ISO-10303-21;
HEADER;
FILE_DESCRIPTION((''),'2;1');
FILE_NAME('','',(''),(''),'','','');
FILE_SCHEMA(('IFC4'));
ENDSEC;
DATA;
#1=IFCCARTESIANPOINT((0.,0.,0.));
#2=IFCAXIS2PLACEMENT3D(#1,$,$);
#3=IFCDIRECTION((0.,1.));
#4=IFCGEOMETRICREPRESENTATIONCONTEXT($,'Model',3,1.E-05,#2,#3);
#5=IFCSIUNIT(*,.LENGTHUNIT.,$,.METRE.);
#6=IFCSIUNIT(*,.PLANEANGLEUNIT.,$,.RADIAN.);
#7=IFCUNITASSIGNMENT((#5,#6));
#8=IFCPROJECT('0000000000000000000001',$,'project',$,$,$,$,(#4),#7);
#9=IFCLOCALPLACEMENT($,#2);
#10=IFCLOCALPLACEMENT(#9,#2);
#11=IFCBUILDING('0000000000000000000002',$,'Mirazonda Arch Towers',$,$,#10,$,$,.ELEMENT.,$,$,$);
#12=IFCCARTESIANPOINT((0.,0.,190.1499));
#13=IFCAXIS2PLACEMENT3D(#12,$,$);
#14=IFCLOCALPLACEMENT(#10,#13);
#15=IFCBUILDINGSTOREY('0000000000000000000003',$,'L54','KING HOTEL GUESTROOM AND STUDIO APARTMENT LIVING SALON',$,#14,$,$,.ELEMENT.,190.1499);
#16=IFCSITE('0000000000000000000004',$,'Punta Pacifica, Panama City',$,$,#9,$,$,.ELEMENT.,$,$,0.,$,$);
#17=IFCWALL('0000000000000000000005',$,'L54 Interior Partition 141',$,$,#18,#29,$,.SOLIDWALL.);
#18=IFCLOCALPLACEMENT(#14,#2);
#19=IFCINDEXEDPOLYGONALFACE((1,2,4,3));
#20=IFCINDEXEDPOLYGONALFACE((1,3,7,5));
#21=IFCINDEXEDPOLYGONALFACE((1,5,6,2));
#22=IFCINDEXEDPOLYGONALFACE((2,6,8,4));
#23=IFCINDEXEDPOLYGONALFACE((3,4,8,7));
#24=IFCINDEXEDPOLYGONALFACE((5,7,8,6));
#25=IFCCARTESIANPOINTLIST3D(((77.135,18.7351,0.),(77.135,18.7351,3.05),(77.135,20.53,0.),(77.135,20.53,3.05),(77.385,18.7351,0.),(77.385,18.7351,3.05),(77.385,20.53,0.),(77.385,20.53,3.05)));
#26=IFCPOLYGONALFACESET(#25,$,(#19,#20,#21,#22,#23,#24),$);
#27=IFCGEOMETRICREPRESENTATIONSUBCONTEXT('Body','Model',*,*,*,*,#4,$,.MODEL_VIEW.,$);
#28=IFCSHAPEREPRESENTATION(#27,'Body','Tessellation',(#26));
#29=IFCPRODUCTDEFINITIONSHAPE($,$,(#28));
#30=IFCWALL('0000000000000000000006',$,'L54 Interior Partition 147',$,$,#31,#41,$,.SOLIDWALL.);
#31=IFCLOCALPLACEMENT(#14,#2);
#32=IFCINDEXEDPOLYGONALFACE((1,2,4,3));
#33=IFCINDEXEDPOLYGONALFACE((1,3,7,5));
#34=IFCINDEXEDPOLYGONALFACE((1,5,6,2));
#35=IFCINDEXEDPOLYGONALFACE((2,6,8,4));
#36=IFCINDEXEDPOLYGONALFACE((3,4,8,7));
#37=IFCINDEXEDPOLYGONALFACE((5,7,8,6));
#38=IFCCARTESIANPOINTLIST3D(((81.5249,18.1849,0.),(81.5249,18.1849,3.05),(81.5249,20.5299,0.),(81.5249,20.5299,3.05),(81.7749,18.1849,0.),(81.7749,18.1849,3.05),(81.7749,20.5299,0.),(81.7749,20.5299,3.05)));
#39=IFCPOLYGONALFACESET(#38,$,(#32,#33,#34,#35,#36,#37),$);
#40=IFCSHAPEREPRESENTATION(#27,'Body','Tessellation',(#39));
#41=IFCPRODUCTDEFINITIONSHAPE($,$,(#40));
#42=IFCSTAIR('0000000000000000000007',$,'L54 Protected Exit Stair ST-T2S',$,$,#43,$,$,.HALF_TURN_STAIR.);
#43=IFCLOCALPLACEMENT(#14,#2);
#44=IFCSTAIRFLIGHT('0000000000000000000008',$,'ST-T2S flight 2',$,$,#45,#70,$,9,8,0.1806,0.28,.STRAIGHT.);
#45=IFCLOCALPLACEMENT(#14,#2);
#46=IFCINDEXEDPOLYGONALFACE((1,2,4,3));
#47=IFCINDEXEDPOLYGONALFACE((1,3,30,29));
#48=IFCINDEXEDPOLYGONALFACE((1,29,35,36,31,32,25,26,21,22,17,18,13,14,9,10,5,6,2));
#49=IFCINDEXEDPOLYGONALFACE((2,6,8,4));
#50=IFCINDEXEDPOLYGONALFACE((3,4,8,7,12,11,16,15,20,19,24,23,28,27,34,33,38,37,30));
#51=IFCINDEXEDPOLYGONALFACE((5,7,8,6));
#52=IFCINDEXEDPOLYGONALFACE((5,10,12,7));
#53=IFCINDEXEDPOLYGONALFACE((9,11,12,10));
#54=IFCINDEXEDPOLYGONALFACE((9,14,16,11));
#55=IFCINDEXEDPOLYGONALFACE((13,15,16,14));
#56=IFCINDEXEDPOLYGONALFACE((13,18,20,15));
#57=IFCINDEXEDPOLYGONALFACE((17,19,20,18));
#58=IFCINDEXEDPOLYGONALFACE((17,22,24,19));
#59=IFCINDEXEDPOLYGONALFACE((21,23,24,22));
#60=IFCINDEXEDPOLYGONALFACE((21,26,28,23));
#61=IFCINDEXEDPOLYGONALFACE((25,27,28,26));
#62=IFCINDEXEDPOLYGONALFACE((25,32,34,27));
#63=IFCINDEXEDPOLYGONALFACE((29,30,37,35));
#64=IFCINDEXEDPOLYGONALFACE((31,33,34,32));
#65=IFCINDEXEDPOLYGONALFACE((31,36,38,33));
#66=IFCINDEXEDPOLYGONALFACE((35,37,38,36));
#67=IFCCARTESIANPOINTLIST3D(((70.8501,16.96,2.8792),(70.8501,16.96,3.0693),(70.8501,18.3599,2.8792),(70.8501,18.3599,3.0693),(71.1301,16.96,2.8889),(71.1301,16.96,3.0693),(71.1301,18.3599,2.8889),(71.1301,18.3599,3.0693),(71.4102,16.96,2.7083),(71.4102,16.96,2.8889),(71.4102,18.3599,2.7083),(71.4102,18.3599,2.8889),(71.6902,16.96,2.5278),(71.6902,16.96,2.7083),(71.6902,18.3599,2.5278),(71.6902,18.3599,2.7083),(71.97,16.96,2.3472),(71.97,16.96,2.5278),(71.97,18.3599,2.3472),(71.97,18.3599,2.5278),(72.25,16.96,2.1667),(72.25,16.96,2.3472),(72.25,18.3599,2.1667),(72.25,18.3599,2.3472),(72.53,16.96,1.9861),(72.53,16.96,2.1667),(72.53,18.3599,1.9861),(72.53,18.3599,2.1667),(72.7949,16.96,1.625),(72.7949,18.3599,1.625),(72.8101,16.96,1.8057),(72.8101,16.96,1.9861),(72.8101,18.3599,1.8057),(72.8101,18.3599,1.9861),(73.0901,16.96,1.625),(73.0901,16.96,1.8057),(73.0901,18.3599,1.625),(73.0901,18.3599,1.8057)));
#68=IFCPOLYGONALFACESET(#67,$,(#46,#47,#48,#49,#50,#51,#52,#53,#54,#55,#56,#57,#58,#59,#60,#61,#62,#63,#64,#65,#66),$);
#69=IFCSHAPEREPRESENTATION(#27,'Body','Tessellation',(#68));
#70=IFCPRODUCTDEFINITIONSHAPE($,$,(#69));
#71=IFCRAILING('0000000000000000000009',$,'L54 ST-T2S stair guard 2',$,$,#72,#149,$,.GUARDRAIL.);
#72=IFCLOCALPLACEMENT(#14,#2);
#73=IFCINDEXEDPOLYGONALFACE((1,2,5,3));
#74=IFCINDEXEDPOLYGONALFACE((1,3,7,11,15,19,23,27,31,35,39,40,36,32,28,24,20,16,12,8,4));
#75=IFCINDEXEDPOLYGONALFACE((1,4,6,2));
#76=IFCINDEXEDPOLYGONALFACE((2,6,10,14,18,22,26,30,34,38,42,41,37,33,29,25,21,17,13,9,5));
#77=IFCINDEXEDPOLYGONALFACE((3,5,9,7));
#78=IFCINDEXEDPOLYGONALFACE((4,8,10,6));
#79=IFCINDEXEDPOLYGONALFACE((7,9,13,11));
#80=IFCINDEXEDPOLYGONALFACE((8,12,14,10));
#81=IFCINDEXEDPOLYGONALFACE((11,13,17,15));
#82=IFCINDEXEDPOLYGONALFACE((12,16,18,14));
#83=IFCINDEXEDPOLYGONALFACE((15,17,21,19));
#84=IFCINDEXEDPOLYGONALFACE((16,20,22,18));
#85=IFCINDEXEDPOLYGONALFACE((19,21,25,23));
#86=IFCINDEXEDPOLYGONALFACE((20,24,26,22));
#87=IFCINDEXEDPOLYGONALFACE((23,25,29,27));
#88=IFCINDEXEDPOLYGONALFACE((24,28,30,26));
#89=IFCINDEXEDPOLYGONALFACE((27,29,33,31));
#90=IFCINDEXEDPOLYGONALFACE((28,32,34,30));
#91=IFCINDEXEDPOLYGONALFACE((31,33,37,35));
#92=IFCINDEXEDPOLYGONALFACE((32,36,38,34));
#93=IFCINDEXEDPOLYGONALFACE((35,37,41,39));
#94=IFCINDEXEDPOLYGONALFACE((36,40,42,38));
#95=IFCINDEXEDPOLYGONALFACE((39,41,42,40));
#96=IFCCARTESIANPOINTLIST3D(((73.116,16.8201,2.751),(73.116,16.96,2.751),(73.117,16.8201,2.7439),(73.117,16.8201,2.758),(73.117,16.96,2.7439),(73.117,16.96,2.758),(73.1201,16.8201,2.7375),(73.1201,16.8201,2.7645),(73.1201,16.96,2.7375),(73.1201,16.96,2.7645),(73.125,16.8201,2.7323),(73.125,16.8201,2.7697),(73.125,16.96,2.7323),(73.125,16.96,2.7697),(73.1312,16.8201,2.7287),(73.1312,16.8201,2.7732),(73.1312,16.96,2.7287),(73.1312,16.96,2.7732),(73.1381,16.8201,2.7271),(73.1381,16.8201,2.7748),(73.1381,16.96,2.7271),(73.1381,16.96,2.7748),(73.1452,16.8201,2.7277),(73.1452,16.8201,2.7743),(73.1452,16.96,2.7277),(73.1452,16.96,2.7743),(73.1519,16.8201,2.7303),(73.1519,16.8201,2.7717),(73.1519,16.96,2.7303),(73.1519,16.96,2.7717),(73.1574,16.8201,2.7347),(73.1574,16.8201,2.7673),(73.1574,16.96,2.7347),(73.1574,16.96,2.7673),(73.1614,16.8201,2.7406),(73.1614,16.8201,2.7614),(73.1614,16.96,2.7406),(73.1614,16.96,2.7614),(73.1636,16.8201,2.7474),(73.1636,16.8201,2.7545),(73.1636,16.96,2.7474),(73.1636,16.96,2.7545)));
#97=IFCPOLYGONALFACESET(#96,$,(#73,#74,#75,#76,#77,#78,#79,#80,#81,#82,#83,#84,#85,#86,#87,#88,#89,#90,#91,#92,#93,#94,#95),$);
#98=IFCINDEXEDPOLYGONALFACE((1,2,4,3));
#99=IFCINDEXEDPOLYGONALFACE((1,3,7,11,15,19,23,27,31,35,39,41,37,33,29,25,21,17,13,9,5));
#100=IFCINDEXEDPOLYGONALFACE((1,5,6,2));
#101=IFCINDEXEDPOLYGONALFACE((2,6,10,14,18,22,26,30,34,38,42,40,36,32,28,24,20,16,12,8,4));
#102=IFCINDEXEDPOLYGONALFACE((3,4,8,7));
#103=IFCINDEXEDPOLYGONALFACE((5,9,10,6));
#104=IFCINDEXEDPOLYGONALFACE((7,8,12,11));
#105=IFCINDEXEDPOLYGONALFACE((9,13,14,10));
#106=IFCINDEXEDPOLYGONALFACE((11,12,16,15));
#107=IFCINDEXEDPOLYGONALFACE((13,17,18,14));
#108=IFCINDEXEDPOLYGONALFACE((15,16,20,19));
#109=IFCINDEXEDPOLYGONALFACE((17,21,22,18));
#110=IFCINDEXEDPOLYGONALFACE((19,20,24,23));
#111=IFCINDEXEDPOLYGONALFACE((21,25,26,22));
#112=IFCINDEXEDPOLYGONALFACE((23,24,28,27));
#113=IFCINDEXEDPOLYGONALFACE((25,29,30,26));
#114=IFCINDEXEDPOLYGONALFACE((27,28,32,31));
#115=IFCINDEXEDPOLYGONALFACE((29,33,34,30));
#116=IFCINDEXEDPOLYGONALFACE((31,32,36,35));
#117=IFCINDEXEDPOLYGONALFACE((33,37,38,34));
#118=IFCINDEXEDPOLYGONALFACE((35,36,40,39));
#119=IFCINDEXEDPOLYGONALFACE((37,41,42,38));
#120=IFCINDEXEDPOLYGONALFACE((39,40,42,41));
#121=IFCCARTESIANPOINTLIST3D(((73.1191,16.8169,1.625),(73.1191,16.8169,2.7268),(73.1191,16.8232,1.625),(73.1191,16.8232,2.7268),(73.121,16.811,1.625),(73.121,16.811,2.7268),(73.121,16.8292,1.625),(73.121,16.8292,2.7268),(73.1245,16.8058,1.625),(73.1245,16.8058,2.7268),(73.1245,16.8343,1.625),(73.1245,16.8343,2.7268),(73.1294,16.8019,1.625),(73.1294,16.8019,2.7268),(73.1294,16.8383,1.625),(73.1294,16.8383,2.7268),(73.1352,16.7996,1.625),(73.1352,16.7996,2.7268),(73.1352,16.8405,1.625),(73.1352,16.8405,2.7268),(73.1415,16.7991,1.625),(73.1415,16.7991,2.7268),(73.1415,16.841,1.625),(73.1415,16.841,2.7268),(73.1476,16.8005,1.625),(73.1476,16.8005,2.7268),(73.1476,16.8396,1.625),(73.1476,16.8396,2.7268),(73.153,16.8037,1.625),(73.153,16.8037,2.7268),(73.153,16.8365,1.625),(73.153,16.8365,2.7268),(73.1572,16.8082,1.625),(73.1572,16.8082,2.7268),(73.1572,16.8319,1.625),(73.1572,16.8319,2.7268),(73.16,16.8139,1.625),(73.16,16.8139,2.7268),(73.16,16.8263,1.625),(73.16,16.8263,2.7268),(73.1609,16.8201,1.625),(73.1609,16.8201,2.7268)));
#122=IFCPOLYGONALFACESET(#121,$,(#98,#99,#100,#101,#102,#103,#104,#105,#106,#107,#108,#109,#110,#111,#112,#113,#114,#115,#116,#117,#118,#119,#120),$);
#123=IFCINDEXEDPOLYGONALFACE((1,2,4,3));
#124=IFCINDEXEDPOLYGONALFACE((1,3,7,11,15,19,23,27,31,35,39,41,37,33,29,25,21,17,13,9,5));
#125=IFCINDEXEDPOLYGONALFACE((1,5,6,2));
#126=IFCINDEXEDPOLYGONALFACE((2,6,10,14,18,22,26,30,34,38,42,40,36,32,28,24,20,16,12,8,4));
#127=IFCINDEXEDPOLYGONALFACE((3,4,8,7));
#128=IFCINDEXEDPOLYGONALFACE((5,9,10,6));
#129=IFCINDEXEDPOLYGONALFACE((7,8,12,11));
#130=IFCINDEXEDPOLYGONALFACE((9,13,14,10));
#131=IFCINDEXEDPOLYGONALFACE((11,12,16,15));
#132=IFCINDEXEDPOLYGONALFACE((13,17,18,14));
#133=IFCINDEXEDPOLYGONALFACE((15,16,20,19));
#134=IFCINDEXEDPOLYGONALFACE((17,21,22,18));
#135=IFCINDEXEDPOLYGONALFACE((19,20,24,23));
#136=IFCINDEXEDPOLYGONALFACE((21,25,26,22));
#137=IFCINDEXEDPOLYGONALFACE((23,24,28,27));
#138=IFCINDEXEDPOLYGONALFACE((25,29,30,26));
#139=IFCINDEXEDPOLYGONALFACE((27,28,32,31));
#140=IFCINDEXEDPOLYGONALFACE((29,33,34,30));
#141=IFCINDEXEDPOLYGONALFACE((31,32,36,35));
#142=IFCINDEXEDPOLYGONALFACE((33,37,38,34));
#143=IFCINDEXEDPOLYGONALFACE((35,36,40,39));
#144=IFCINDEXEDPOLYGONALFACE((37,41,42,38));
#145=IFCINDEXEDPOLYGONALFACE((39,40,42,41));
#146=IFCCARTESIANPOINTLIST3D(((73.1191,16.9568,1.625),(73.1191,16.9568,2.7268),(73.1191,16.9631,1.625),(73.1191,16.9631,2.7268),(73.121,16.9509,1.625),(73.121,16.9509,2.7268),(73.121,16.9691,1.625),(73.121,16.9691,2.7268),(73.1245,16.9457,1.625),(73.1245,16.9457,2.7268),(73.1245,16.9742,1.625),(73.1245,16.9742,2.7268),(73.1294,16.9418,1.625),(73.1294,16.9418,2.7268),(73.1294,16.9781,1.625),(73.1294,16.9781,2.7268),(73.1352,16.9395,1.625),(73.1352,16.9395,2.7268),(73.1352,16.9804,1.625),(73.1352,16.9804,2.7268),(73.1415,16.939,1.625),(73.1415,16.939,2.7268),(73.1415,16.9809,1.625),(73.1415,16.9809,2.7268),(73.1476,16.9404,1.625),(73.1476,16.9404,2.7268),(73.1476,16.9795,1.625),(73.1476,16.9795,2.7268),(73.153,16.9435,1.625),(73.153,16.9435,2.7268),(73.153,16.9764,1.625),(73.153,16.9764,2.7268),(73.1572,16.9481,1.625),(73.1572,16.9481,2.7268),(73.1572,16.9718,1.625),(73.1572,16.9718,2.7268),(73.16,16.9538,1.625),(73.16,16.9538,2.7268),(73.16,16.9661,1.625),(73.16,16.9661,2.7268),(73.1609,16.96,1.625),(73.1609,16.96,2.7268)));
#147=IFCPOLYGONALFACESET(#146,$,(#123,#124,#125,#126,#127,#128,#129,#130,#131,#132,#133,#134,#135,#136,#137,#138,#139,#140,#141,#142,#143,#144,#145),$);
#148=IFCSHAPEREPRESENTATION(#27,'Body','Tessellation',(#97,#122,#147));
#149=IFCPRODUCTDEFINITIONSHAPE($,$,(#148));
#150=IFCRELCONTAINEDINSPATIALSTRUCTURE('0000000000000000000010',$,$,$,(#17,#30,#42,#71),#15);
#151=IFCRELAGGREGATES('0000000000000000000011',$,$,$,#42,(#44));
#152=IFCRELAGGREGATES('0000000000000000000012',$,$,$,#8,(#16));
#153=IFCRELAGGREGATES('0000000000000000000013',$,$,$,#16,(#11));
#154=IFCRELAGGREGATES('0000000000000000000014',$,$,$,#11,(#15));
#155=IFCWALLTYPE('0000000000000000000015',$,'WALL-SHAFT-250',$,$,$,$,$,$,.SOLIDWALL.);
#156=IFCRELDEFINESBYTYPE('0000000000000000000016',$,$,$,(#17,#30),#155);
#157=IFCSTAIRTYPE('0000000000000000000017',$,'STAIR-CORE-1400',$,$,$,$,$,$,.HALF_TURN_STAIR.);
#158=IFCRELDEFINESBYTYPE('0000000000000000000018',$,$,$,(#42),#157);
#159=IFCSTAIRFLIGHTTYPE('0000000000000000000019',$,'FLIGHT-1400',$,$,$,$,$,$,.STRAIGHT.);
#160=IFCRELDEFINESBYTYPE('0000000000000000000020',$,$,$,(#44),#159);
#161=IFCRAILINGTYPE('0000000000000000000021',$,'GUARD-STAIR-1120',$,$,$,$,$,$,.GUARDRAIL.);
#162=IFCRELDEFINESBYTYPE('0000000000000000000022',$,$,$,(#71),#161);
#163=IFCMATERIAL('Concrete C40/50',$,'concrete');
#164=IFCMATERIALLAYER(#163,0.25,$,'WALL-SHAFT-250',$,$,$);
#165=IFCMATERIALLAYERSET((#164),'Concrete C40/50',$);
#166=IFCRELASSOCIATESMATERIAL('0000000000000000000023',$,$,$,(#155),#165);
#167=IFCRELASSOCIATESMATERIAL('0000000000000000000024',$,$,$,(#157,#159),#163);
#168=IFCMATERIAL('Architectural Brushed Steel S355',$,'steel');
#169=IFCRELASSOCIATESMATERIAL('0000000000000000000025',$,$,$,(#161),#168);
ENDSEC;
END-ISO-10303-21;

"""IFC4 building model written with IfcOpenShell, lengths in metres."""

from ifc_helpers import new_model, si_unit, direction, frame, frame_2d, origin, origin_2d, place, context, subcontext, project, spatial, polyline, rectangle, circle, outline, extrude, material, layer, layer_set, type_object, element, aggregate, save


model = new_model("IFC4")

# Units and contexts
model_context = context("Model", 3, precision=1e-05, world=origin(), true_north=direction((0.0, 1.0)))
body_context = subcontext(model_context, "Body", "Model", "MODEL_VIEW")
ifc_project = project(units=[si_unit("LENGTHUNIT", "METRE"), si_unit("PLANEANGLEUNIT", "RADIAN")], contexts=[model_context])

# Site, building, storey
site_placement = place(None, origin())
site = spatial("IfcSite", under=ifc_project, at=site_placement, Name="Punta Pacifica, Panama City", CompositionType="ELEMENT", RefElevation=0.0)
building_placement = place(site_placement, origin())
building = spatial("IfcBuilding", under=site, at=building_placement, Name="Mirazonda Arch Towers", CompositionType="ELEMENT")
storey_placement = place(building_placement, frame((0.0, 0.0, 190.1499)))
storey = spatial("IfcBuildingStorey", under=building, at=storey_placement, Name="L54", Description="KING HOTEL GUESTROOM AND STUDIO APARTMENT LIVING SALON", CompositionType="ELEMENT", Elevation=190.1499)

# Shared definitions
ifc_material_1 = material(Name="Architectural Brushed Steel S355", Category="steel")

# Walls
ifc_material_2 = material(Name="Concrete C40/50", Category="concrete")
ifc_layer_1 = layer(ifc_material_2, 0.25, Name="WALL-SHAFT-250")
ifc_layer_set_1 = layer_set([ifc_layer_1], Name="Concrete C40/50")
wall_type_1 = type_object("IfcWallType", Name="WALL-SHAFT-250", PredefinedType="SOLIDWALL", material=ifc_layer_set_1)
wall_1_placement = place(storey_placement, frame((77.26, 18.7351, 0.0), z_axis=(0.0, 0.0, 1.0), x_axis=(0.0, 1.0, 0.0)))
element("IfcWall", 1, at=wall_1_placement, inside=storey, type_object=wall_type_1, Name="L54 Interior Partition 141", PredefinedType="SOLIDWALL", context=body_context, shape_type="SweptSolid", body=[
    extrude(rectangle(XDim=1.7949, YDim=0.25, at=frame_2d((0.8975, 0.0))), origin(), (0.0, 0.0, 1.0), 3.05),
])
wall_2_placement = place(storey_placement, frame((81.6499, 18.1851, 0.0), z_axis=(0.0, 0.0, 1.0), x_axis=(0.0, 1.0, 0.0)))
element("IfcWall", 2, at=wall_2_placement, inside=storey, type_object=wall_type_1, Name="L54 Interior Partition 147", PredefinedType="SOLIDWALL", context=body_context, shape_type="SweptSolid", body=[
    extrude(rectangle(XDim=2.345, YDim=0.25, at=frame_2d((1.1724, 0.0))), origin(), (0.0, 0.0, 1.0), 3.05),
])

# Stair, stair flight
stair_type = type_object("IfcStairType", Name="STAIR-CORE-1400", PredefinedType="HALF_TURN_STAIR", material=ifc_material_2)
stair_placement = place(storey_placement, origin())
stair = element("IfcStair", 3, at=stair_placement, inside=storey, type_object=stair_type, Name="L54 Protected Exit Stair ST-T2S", PredefinedType="HALF_TURN_STAIR")
stair_flight_type = type_object("IfcStairFlightType", Name="FLIGHT-1400", PredefinedType="STRAIGHT", material=ifc_material_2)
stair_flight_placement = place(storey_placement, frame((73.0901, 17.6599, 1.625), z_axis=(0.0, 0.0, 1.0), x_axis=(-1.0, 0.0, 0.0)))
stair_flight = element("IfcStairFlight", 4, at=stair_flight_placement, type_object=stair_flight_type, Name="ST-T2S flight 2", NumberOfRisers=9, NumberOfTreads=8, PredefinedType="STRAIGHT", RiserHeight=0.1806, TreadLength=0.28, context=body_context, shape_type="SweptSolid", body=[
    extrude(outline(polyline([(0.0, 0.0), (0.0, 0.1807), (0.28, 0.1807), (0.28, 0.3611), (0.5601, 0.3611), (0.5601, 0.5417), (0.8401, 0.5417), (0.8401, 0.7222), (1.1201, 0.7222), (1.1201, 0.9028), (1.3999, 0.9028), (1.3999, 1.0833), (1.6799, 1.0833), (1.6799, 1.2639), (1.96, 1.2639), (1.96, 1.4443), (2.24, 1.4443), (2.24, 1.625), (2.24, 1.2542), (0.2952, 0.0), (0.0, 0.0)])), frame((0.0, 0.7, 0.0), z_axis=(0.0, -1.0, 0.0), x_axis=(1.0, 0.0, 0.0)), (0.0, 0.0, 1.0), 1.3999),
])
aggregate(stair, [stair_flight])

# Railing
railing_type_1 = type_object("IfcRailingType", Name="GUARD-STAIR-1120", PredefinedType="GUARDRAIL", material=ifc_material_1)
railing_1_placement = place(storey_placement, frame((73.1399, 16.8201, 1.625)))
element("IfcRailing", 5, at=railing_1_placement, inside=storey, type_object=railing_type_1, Name="L54 ST-T2S stair guard 2", PredefinedType="GUARDRAIL", context=body_context, shape_type="SweptSolid", body=[
    extrude(circle(Radius=0.0239, at=origin_2d()), frame((0.0, 0.0, 1.126), z_axis=(0.0, 1.0, 0.0), x_axis=(-1.0, 0.0, 0.0)), (0.0, 0.0, 1.0), 0.1399),
    extrude(circle(Radius=0.021, at=origin_2d()), origin(), (0.0, 0.0, 1.0), 1.1018),
    extrude(circle(Radius=0.021, at=origin_2d()), frame((0.0, 0.1399, 0.0)), (0.0, 0.0, 1.0), 1.1018),
])

save(model, "model.ifc")
